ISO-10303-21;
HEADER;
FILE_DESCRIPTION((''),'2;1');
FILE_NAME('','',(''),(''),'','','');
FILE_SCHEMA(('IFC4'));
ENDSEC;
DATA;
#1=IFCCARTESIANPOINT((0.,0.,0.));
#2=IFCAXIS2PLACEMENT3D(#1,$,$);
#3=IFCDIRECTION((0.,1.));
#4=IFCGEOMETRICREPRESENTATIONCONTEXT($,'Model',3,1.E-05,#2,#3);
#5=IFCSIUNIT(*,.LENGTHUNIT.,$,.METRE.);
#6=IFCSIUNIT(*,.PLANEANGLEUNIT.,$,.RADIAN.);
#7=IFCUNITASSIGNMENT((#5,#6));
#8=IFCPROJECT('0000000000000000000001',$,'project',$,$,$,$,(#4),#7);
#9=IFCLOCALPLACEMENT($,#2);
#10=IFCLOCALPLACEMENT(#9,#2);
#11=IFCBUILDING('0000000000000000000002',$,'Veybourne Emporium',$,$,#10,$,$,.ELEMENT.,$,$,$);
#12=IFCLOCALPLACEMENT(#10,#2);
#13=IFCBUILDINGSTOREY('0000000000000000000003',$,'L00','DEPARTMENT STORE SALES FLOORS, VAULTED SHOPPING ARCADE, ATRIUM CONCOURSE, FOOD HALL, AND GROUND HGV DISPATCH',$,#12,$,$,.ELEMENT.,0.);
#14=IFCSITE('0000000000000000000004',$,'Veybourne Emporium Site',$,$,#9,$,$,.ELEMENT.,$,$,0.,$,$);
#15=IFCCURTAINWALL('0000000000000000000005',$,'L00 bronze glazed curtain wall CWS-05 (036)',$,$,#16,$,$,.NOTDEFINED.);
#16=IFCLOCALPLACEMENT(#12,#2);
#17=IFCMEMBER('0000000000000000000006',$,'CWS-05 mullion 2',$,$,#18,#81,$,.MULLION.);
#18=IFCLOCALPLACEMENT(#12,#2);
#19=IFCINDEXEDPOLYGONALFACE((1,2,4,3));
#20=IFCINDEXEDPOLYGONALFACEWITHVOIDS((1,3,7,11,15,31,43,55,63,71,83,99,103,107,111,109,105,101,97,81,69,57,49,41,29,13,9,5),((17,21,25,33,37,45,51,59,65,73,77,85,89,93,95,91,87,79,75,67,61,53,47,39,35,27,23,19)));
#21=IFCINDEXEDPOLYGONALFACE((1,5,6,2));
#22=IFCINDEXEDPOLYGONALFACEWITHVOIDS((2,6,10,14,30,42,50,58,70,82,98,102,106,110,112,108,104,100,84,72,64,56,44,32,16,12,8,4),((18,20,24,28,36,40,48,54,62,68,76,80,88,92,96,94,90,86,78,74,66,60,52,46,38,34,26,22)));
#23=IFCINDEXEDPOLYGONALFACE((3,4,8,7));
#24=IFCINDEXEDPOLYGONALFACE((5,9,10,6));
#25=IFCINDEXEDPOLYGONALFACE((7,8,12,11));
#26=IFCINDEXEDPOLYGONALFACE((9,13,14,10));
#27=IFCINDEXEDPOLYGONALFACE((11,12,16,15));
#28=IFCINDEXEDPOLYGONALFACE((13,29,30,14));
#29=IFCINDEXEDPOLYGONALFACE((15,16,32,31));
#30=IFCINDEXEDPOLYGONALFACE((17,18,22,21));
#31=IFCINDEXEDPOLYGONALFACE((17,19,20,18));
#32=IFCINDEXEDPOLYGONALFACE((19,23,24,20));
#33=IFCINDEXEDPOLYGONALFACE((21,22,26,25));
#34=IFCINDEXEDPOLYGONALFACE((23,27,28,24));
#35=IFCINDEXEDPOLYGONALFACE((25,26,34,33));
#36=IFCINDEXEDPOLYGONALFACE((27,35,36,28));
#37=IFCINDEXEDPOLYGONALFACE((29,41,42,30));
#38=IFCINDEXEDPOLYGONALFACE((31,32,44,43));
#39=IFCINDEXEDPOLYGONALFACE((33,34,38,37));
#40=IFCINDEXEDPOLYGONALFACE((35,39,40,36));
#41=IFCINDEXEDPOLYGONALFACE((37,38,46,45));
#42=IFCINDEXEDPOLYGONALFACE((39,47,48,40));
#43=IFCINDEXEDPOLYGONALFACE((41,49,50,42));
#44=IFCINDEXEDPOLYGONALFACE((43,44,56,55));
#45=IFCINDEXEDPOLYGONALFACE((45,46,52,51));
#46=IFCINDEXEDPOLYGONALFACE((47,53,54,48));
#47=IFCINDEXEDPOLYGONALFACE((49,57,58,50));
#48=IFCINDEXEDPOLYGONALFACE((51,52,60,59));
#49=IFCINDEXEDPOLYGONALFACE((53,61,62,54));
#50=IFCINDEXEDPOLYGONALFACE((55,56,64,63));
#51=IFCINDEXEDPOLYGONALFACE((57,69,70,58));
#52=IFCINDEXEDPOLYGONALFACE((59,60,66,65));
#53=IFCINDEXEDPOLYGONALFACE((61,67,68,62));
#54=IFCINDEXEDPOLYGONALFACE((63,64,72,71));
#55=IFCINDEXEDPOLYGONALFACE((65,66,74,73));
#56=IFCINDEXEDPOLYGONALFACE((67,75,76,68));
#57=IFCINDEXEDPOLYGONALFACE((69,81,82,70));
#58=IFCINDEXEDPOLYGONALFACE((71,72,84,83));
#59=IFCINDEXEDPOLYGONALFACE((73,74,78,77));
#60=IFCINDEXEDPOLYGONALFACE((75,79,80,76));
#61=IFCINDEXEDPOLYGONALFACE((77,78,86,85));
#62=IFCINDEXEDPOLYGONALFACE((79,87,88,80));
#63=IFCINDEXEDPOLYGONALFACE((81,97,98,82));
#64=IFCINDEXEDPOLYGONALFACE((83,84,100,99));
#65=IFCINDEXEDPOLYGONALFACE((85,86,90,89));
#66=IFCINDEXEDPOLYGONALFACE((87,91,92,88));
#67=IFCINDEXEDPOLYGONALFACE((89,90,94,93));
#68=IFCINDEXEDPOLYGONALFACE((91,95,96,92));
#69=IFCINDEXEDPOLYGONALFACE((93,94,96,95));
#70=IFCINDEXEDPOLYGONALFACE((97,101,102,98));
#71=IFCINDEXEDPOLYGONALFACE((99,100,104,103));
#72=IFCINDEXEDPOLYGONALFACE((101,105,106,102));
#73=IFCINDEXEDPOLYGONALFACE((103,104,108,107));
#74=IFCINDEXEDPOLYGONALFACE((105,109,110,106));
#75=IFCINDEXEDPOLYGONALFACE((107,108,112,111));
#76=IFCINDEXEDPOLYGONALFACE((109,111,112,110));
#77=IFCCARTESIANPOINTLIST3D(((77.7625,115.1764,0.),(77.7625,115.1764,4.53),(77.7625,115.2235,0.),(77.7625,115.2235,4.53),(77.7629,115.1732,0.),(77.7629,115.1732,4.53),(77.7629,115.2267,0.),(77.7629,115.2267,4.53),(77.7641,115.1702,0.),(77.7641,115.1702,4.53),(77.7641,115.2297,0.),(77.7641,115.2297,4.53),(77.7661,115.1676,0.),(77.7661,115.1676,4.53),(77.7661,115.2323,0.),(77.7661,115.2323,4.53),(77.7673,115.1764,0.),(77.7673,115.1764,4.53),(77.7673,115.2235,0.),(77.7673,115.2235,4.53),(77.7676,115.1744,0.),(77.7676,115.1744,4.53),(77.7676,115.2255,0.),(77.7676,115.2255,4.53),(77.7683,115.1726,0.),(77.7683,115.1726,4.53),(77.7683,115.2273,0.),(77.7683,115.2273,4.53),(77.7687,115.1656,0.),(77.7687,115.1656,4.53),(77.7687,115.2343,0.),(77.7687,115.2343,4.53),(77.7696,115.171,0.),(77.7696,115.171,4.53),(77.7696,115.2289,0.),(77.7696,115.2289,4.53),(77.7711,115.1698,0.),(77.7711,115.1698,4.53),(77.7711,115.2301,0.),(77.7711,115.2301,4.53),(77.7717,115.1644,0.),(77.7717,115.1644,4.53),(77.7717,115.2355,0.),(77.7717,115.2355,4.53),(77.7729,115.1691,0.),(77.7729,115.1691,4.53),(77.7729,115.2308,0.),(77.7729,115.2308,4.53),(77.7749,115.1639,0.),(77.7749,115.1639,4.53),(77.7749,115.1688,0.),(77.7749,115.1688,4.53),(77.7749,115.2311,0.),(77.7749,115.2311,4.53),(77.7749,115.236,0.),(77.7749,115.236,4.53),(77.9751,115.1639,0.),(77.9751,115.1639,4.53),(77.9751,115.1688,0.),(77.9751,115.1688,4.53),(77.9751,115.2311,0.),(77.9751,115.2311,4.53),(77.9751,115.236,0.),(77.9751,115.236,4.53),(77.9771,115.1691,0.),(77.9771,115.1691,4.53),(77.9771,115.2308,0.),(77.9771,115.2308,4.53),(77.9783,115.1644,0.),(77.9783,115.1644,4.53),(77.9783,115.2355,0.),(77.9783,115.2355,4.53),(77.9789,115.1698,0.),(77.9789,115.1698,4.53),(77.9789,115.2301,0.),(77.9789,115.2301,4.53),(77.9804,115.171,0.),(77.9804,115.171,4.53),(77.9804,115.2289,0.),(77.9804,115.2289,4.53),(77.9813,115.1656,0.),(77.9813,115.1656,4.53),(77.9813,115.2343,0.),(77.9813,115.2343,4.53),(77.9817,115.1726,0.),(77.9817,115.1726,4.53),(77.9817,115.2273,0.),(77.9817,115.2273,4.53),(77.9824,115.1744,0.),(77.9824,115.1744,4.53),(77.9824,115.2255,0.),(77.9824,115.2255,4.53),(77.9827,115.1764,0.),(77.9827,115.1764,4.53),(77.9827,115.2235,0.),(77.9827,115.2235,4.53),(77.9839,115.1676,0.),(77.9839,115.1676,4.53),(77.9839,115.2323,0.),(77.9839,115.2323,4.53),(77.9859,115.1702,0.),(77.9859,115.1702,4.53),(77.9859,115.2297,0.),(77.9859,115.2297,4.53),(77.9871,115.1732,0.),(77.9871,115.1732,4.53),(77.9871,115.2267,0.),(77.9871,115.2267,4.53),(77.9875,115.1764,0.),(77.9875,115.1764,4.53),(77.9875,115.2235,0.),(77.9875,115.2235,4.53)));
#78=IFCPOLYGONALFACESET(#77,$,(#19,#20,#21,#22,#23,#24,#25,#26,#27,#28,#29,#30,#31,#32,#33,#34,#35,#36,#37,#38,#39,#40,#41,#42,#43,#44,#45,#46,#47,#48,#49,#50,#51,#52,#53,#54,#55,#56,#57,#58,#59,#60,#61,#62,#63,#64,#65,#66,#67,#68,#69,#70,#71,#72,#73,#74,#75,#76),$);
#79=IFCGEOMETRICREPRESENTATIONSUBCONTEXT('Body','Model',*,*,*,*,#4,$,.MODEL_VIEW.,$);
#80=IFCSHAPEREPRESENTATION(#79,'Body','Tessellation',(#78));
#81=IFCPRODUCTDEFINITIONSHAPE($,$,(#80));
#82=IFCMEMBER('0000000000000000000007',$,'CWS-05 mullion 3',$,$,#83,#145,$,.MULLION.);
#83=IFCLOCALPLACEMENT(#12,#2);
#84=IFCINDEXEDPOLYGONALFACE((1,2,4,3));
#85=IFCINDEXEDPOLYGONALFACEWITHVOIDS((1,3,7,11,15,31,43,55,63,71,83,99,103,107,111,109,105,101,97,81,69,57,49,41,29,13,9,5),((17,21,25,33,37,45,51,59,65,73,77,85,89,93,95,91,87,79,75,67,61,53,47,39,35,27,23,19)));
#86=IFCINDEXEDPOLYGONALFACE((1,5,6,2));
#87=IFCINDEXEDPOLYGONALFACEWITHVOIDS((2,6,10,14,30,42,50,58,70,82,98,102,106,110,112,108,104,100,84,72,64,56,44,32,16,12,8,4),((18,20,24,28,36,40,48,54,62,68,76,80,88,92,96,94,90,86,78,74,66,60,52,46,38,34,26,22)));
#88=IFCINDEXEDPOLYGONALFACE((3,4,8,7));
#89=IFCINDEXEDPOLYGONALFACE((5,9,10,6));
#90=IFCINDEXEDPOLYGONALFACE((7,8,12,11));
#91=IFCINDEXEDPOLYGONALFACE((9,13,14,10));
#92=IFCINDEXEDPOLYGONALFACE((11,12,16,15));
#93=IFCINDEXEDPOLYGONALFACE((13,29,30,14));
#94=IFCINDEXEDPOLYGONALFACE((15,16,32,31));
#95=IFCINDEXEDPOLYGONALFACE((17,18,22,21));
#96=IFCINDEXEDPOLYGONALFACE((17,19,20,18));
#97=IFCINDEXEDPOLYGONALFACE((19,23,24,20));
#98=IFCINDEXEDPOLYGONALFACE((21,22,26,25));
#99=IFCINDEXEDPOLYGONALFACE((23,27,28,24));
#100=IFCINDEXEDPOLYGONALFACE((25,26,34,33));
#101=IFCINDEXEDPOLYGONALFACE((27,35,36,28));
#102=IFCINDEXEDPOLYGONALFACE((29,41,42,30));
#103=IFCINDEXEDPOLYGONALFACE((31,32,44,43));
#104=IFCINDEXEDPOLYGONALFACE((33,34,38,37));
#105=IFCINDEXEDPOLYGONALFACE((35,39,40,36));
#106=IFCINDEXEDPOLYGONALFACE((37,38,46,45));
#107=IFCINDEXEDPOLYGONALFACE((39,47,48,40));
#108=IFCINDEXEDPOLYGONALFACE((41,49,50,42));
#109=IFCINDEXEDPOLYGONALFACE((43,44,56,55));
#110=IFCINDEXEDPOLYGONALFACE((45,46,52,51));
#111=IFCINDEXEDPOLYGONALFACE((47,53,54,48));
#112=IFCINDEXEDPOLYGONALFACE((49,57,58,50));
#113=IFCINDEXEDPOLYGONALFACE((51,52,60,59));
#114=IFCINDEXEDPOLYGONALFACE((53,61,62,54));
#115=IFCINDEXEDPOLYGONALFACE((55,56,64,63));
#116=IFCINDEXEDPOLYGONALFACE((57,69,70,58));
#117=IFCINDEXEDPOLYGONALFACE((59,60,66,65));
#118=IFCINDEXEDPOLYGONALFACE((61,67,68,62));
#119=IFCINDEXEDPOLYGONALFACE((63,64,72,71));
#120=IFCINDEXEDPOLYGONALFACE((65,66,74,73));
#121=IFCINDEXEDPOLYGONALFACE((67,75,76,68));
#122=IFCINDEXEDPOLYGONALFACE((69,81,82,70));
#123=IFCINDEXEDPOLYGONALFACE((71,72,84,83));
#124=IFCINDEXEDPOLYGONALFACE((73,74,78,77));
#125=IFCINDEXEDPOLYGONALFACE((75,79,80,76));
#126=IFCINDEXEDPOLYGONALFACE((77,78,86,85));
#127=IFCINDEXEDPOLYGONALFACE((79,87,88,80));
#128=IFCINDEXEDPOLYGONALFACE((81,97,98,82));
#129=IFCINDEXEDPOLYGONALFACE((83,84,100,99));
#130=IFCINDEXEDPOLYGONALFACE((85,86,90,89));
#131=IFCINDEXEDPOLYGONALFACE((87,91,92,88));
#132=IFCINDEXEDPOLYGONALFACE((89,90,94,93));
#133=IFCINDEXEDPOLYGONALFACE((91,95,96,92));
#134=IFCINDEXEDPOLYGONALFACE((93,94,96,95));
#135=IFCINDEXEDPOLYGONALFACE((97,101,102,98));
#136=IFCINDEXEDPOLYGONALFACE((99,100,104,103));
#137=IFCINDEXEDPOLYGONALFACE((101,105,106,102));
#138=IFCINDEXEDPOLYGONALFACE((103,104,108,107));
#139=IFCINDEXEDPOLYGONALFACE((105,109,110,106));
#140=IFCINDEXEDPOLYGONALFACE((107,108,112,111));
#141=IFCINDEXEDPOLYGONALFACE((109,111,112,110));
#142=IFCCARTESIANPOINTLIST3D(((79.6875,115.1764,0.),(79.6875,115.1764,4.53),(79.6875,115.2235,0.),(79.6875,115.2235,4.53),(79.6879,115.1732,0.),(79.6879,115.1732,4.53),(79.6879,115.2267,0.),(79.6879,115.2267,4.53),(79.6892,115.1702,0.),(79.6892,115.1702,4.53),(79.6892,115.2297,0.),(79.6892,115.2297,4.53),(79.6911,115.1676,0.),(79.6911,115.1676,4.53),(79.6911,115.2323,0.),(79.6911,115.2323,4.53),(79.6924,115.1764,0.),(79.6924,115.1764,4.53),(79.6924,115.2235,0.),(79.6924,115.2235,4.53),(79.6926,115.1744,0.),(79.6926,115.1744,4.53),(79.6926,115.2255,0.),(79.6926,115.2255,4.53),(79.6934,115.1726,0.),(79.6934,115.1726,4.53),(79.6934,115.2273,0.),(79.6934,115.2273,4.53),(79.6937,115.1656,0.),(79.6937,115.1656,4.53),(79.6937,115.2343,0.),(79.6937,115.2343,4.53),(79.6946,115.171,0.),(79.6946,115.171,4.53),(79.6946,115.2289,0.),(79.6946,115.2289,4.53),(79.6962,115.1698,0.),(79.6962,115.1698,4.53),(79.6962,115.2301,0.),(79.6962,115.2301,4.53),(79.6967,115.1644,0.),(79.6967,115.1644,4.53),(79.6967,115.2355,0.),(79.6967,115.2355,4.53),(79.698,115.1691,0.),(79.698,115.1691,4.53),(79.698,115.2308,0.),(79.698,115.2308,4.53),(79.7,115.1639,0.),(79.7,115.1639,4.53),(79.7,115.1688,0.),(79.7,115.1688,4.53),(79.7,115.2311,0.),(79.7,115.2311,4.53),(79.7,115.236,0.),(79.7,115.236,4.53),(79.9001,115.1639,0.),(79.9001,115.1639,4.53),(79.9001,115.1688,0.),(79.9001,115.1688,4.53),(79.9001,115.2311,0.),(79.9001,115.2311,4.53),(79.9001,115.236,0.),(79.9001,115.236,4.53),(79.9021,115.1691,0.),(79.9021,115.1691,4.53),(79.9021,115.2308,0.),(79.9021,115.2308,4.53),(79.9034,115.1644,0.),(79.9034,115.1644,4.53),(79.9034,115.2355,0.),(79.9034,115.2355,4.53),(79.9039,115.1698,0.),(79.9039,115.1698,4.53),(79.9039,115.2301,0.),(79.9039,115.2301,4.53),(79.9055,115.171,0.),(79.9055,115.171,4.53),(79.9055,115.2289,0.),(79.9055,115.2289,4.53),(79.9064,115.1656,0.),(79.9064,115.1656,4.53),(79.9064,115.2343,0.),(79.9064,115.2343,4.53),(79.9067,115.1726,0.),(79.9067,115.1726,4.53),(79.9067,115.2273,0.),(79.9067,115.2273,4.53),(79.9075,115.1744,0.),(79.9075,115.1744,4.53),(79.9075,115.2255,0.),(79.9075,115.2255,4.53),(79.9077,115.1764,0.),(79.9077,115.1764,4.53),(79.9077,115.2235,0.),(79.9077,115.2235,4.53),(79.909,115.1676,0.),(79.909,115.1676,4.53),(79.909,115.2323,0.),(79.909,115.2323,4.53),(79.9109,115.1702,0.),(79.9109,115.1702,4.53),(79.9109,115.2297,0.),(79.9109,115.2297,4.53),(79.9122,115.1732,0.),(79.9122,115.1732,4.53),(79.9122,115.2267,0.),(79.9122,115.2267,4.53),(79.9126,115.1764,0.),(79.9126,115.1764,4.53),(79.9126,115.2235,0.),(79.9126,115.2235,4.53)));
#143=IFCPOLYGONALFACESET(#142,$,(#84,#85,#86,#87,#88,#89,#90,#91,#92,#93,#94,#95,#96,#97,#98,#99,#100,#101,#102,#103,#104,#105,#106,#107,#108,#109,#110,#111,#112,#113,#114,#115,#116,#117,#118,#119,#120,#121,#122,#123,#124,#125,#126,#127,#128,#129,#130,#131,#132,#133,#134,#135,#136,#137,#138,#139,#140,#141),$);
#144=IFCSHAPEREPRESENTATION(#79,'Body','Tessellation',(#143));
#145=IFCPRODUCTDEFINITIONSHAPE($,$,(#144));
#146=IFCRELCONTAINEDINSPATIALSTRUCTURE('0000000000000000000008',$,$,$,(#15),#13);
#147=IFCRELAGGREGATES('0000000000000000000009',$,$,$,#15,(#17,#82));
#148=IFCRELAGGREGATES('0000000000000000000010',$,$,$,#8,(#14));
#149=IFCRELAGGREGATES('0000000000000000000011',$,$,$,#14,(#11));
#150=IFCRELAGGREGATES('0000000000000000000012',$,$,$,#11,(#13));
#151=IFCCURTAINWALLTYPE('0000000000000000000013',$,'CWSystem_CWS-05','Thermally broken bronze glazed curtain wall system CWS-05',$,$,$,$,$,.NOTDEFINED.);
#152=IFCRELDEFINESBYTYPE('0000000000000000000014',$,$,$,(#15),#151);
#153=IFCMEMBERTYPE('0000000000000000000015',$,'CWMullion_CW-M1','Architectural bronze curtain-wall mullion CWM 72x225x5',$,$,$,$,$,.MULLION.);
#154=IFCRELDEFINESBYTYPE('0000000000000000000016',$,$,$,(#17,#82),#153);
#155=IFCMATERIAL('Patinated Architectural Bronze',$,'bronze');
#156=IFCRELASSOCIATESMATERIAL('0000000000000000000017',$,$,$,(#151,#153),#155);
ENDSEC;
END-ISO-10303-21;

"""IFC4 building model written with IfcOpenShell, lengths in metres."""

from ifc_helpers import new_model, si_unit, direction, frame, origin, origin_2d, place, context, subcontext, project, spatial, hollow_rectangle, extrude, material, material_profile, profile_set, type_object, element, aggregate, save


model = new_model("IFC4")

# Units and contexts
model_context = context("Model", 3, precision=1e-05, world=origin(), true_north=direction((0.0, 1.0)))
body_context = subcontext(model_context, "Body", "Model", "MODEL_VIEW")
ifc_project = project(units=[si_unit("LENGTHUNIT", "METRE"), si_unit("PLANEANGLEUNIT", "RADIAN")], contexts=[model_context])

# Site, building, storey
site_placement = place(None, origin())
site = spatial("IfcSite", under=ifc_project, at=site_placement, Name="Veybourne Emporium Site", CompositionType="ELEMENT", RefElevation=0.0)
building_placement = place(site_placement, origin())
building = spatial("IfcBuilding", under=site, at=building_placement, Name="Veybourne Emporium", CompositionType="ELEMENT")
storey_placement = place(building_placement, origin())
storey = spatial("IfcBuildingStorey", under=building, at=storey_placement, Name="L00", Description="DEPARTMENT STORE SALES FLOORS, VAULTED SHOPPING ARCADE, ATRIUM CONCOURSE, FOOD HALL, AND GROUND HGV DISPATCH", CompositionType="ELEMENT", Elevation=0.0)

# Curtain wall, members
ifc_material_1 = material(Name="Patinated Architectural Bronze", Category="bronze")
curtain_wall_type = type_object("IfcCurtainWallType", Name="CWSystem_CWS-05", Description="Thermally broken bronze glazed curtain wall system CWS-05", PredefinedType="NOTDEFINED", material=ifc_material_1)
curtain_wall_placement = place(storey_placement, origin())
curtain_wall = element("IfcCurtainWall", 1, at=curtain_wall_placement, inside=storey, type_object=curtain_wall_type, Name="L00 bronze glazed curtain wall CWS-05 (036)", PredefinedType="NOTDEFINED")
ifc_material_profile_1 = material_profile(ifc_material_1, hollow_rectangle(XDim=0.072, YDim=0.2251, WallThickness=0.0049, InnerFilletRadius=0.0076, OuterFilletRadius=0.0125, at=origin_2d()), Name="CWM 72x225x5")
ifc_profile_set_1 = profile_set([ifc_material_profile_1], Name="Patinated Architectural Bronze")
member_type_1 = type_object("IfcMemberType", Name="CWMullion_CW-M1", Description="Architectural bronze curtain-wall mullion CWM 72x225x5", PredefinedType="MULLION", material=ifc_profile_set_1)
member_1_placement = place(storey_placement, frame((77.875, 115.2, 0.0), z_axis=(0.0, 0.0, 1.0), x_axis=(0.0, 1.0, 0.0)))
member_1 = element("IfcMember", 2, at=member_1_placement, type_object=member_type_1, Name="CWS-05 mullion 2", PredefinedType="MULLION", context=body_context, shape_type="SweptSolid", body=[
    extrude(hollow_rectangle(XDim=0.072, YDim=0.2251, WallThickness=0.0049, InnerFilletRadius=0.0076, OuterFilletRadius=0.0125, at=origin_2d()), origin(), (0.0, 0.0, 1.0), 4.53),
])
member_2_placement = place(storey_placement, frame((79.8, 115.2, 0.0), z_axis=(0.0, 0.0, 1.0), x_axis=(0.0, 1.0, 0.0)))
member_2 = element("IfcMember", 3, at=member_2_placement, type_object=member_type_1, Name="CWS-05 mullion 3", PredefinedType="MULLION", context=body_context, shape_type="SweptSolid", body=[
    extrude(hollow_rectangle(XDim=0.072, YDim=0.2251, WallThickness=0.0049, InnerFilletRadius=0.0076, OuterFilletRadius=0.0125, at=origin_2d()), origin(), (0.0, 0.0, 1.0), 4.53),
])

aggregate(curtain_wall, [member_1, member_2])

save(model, "model.ifc")
